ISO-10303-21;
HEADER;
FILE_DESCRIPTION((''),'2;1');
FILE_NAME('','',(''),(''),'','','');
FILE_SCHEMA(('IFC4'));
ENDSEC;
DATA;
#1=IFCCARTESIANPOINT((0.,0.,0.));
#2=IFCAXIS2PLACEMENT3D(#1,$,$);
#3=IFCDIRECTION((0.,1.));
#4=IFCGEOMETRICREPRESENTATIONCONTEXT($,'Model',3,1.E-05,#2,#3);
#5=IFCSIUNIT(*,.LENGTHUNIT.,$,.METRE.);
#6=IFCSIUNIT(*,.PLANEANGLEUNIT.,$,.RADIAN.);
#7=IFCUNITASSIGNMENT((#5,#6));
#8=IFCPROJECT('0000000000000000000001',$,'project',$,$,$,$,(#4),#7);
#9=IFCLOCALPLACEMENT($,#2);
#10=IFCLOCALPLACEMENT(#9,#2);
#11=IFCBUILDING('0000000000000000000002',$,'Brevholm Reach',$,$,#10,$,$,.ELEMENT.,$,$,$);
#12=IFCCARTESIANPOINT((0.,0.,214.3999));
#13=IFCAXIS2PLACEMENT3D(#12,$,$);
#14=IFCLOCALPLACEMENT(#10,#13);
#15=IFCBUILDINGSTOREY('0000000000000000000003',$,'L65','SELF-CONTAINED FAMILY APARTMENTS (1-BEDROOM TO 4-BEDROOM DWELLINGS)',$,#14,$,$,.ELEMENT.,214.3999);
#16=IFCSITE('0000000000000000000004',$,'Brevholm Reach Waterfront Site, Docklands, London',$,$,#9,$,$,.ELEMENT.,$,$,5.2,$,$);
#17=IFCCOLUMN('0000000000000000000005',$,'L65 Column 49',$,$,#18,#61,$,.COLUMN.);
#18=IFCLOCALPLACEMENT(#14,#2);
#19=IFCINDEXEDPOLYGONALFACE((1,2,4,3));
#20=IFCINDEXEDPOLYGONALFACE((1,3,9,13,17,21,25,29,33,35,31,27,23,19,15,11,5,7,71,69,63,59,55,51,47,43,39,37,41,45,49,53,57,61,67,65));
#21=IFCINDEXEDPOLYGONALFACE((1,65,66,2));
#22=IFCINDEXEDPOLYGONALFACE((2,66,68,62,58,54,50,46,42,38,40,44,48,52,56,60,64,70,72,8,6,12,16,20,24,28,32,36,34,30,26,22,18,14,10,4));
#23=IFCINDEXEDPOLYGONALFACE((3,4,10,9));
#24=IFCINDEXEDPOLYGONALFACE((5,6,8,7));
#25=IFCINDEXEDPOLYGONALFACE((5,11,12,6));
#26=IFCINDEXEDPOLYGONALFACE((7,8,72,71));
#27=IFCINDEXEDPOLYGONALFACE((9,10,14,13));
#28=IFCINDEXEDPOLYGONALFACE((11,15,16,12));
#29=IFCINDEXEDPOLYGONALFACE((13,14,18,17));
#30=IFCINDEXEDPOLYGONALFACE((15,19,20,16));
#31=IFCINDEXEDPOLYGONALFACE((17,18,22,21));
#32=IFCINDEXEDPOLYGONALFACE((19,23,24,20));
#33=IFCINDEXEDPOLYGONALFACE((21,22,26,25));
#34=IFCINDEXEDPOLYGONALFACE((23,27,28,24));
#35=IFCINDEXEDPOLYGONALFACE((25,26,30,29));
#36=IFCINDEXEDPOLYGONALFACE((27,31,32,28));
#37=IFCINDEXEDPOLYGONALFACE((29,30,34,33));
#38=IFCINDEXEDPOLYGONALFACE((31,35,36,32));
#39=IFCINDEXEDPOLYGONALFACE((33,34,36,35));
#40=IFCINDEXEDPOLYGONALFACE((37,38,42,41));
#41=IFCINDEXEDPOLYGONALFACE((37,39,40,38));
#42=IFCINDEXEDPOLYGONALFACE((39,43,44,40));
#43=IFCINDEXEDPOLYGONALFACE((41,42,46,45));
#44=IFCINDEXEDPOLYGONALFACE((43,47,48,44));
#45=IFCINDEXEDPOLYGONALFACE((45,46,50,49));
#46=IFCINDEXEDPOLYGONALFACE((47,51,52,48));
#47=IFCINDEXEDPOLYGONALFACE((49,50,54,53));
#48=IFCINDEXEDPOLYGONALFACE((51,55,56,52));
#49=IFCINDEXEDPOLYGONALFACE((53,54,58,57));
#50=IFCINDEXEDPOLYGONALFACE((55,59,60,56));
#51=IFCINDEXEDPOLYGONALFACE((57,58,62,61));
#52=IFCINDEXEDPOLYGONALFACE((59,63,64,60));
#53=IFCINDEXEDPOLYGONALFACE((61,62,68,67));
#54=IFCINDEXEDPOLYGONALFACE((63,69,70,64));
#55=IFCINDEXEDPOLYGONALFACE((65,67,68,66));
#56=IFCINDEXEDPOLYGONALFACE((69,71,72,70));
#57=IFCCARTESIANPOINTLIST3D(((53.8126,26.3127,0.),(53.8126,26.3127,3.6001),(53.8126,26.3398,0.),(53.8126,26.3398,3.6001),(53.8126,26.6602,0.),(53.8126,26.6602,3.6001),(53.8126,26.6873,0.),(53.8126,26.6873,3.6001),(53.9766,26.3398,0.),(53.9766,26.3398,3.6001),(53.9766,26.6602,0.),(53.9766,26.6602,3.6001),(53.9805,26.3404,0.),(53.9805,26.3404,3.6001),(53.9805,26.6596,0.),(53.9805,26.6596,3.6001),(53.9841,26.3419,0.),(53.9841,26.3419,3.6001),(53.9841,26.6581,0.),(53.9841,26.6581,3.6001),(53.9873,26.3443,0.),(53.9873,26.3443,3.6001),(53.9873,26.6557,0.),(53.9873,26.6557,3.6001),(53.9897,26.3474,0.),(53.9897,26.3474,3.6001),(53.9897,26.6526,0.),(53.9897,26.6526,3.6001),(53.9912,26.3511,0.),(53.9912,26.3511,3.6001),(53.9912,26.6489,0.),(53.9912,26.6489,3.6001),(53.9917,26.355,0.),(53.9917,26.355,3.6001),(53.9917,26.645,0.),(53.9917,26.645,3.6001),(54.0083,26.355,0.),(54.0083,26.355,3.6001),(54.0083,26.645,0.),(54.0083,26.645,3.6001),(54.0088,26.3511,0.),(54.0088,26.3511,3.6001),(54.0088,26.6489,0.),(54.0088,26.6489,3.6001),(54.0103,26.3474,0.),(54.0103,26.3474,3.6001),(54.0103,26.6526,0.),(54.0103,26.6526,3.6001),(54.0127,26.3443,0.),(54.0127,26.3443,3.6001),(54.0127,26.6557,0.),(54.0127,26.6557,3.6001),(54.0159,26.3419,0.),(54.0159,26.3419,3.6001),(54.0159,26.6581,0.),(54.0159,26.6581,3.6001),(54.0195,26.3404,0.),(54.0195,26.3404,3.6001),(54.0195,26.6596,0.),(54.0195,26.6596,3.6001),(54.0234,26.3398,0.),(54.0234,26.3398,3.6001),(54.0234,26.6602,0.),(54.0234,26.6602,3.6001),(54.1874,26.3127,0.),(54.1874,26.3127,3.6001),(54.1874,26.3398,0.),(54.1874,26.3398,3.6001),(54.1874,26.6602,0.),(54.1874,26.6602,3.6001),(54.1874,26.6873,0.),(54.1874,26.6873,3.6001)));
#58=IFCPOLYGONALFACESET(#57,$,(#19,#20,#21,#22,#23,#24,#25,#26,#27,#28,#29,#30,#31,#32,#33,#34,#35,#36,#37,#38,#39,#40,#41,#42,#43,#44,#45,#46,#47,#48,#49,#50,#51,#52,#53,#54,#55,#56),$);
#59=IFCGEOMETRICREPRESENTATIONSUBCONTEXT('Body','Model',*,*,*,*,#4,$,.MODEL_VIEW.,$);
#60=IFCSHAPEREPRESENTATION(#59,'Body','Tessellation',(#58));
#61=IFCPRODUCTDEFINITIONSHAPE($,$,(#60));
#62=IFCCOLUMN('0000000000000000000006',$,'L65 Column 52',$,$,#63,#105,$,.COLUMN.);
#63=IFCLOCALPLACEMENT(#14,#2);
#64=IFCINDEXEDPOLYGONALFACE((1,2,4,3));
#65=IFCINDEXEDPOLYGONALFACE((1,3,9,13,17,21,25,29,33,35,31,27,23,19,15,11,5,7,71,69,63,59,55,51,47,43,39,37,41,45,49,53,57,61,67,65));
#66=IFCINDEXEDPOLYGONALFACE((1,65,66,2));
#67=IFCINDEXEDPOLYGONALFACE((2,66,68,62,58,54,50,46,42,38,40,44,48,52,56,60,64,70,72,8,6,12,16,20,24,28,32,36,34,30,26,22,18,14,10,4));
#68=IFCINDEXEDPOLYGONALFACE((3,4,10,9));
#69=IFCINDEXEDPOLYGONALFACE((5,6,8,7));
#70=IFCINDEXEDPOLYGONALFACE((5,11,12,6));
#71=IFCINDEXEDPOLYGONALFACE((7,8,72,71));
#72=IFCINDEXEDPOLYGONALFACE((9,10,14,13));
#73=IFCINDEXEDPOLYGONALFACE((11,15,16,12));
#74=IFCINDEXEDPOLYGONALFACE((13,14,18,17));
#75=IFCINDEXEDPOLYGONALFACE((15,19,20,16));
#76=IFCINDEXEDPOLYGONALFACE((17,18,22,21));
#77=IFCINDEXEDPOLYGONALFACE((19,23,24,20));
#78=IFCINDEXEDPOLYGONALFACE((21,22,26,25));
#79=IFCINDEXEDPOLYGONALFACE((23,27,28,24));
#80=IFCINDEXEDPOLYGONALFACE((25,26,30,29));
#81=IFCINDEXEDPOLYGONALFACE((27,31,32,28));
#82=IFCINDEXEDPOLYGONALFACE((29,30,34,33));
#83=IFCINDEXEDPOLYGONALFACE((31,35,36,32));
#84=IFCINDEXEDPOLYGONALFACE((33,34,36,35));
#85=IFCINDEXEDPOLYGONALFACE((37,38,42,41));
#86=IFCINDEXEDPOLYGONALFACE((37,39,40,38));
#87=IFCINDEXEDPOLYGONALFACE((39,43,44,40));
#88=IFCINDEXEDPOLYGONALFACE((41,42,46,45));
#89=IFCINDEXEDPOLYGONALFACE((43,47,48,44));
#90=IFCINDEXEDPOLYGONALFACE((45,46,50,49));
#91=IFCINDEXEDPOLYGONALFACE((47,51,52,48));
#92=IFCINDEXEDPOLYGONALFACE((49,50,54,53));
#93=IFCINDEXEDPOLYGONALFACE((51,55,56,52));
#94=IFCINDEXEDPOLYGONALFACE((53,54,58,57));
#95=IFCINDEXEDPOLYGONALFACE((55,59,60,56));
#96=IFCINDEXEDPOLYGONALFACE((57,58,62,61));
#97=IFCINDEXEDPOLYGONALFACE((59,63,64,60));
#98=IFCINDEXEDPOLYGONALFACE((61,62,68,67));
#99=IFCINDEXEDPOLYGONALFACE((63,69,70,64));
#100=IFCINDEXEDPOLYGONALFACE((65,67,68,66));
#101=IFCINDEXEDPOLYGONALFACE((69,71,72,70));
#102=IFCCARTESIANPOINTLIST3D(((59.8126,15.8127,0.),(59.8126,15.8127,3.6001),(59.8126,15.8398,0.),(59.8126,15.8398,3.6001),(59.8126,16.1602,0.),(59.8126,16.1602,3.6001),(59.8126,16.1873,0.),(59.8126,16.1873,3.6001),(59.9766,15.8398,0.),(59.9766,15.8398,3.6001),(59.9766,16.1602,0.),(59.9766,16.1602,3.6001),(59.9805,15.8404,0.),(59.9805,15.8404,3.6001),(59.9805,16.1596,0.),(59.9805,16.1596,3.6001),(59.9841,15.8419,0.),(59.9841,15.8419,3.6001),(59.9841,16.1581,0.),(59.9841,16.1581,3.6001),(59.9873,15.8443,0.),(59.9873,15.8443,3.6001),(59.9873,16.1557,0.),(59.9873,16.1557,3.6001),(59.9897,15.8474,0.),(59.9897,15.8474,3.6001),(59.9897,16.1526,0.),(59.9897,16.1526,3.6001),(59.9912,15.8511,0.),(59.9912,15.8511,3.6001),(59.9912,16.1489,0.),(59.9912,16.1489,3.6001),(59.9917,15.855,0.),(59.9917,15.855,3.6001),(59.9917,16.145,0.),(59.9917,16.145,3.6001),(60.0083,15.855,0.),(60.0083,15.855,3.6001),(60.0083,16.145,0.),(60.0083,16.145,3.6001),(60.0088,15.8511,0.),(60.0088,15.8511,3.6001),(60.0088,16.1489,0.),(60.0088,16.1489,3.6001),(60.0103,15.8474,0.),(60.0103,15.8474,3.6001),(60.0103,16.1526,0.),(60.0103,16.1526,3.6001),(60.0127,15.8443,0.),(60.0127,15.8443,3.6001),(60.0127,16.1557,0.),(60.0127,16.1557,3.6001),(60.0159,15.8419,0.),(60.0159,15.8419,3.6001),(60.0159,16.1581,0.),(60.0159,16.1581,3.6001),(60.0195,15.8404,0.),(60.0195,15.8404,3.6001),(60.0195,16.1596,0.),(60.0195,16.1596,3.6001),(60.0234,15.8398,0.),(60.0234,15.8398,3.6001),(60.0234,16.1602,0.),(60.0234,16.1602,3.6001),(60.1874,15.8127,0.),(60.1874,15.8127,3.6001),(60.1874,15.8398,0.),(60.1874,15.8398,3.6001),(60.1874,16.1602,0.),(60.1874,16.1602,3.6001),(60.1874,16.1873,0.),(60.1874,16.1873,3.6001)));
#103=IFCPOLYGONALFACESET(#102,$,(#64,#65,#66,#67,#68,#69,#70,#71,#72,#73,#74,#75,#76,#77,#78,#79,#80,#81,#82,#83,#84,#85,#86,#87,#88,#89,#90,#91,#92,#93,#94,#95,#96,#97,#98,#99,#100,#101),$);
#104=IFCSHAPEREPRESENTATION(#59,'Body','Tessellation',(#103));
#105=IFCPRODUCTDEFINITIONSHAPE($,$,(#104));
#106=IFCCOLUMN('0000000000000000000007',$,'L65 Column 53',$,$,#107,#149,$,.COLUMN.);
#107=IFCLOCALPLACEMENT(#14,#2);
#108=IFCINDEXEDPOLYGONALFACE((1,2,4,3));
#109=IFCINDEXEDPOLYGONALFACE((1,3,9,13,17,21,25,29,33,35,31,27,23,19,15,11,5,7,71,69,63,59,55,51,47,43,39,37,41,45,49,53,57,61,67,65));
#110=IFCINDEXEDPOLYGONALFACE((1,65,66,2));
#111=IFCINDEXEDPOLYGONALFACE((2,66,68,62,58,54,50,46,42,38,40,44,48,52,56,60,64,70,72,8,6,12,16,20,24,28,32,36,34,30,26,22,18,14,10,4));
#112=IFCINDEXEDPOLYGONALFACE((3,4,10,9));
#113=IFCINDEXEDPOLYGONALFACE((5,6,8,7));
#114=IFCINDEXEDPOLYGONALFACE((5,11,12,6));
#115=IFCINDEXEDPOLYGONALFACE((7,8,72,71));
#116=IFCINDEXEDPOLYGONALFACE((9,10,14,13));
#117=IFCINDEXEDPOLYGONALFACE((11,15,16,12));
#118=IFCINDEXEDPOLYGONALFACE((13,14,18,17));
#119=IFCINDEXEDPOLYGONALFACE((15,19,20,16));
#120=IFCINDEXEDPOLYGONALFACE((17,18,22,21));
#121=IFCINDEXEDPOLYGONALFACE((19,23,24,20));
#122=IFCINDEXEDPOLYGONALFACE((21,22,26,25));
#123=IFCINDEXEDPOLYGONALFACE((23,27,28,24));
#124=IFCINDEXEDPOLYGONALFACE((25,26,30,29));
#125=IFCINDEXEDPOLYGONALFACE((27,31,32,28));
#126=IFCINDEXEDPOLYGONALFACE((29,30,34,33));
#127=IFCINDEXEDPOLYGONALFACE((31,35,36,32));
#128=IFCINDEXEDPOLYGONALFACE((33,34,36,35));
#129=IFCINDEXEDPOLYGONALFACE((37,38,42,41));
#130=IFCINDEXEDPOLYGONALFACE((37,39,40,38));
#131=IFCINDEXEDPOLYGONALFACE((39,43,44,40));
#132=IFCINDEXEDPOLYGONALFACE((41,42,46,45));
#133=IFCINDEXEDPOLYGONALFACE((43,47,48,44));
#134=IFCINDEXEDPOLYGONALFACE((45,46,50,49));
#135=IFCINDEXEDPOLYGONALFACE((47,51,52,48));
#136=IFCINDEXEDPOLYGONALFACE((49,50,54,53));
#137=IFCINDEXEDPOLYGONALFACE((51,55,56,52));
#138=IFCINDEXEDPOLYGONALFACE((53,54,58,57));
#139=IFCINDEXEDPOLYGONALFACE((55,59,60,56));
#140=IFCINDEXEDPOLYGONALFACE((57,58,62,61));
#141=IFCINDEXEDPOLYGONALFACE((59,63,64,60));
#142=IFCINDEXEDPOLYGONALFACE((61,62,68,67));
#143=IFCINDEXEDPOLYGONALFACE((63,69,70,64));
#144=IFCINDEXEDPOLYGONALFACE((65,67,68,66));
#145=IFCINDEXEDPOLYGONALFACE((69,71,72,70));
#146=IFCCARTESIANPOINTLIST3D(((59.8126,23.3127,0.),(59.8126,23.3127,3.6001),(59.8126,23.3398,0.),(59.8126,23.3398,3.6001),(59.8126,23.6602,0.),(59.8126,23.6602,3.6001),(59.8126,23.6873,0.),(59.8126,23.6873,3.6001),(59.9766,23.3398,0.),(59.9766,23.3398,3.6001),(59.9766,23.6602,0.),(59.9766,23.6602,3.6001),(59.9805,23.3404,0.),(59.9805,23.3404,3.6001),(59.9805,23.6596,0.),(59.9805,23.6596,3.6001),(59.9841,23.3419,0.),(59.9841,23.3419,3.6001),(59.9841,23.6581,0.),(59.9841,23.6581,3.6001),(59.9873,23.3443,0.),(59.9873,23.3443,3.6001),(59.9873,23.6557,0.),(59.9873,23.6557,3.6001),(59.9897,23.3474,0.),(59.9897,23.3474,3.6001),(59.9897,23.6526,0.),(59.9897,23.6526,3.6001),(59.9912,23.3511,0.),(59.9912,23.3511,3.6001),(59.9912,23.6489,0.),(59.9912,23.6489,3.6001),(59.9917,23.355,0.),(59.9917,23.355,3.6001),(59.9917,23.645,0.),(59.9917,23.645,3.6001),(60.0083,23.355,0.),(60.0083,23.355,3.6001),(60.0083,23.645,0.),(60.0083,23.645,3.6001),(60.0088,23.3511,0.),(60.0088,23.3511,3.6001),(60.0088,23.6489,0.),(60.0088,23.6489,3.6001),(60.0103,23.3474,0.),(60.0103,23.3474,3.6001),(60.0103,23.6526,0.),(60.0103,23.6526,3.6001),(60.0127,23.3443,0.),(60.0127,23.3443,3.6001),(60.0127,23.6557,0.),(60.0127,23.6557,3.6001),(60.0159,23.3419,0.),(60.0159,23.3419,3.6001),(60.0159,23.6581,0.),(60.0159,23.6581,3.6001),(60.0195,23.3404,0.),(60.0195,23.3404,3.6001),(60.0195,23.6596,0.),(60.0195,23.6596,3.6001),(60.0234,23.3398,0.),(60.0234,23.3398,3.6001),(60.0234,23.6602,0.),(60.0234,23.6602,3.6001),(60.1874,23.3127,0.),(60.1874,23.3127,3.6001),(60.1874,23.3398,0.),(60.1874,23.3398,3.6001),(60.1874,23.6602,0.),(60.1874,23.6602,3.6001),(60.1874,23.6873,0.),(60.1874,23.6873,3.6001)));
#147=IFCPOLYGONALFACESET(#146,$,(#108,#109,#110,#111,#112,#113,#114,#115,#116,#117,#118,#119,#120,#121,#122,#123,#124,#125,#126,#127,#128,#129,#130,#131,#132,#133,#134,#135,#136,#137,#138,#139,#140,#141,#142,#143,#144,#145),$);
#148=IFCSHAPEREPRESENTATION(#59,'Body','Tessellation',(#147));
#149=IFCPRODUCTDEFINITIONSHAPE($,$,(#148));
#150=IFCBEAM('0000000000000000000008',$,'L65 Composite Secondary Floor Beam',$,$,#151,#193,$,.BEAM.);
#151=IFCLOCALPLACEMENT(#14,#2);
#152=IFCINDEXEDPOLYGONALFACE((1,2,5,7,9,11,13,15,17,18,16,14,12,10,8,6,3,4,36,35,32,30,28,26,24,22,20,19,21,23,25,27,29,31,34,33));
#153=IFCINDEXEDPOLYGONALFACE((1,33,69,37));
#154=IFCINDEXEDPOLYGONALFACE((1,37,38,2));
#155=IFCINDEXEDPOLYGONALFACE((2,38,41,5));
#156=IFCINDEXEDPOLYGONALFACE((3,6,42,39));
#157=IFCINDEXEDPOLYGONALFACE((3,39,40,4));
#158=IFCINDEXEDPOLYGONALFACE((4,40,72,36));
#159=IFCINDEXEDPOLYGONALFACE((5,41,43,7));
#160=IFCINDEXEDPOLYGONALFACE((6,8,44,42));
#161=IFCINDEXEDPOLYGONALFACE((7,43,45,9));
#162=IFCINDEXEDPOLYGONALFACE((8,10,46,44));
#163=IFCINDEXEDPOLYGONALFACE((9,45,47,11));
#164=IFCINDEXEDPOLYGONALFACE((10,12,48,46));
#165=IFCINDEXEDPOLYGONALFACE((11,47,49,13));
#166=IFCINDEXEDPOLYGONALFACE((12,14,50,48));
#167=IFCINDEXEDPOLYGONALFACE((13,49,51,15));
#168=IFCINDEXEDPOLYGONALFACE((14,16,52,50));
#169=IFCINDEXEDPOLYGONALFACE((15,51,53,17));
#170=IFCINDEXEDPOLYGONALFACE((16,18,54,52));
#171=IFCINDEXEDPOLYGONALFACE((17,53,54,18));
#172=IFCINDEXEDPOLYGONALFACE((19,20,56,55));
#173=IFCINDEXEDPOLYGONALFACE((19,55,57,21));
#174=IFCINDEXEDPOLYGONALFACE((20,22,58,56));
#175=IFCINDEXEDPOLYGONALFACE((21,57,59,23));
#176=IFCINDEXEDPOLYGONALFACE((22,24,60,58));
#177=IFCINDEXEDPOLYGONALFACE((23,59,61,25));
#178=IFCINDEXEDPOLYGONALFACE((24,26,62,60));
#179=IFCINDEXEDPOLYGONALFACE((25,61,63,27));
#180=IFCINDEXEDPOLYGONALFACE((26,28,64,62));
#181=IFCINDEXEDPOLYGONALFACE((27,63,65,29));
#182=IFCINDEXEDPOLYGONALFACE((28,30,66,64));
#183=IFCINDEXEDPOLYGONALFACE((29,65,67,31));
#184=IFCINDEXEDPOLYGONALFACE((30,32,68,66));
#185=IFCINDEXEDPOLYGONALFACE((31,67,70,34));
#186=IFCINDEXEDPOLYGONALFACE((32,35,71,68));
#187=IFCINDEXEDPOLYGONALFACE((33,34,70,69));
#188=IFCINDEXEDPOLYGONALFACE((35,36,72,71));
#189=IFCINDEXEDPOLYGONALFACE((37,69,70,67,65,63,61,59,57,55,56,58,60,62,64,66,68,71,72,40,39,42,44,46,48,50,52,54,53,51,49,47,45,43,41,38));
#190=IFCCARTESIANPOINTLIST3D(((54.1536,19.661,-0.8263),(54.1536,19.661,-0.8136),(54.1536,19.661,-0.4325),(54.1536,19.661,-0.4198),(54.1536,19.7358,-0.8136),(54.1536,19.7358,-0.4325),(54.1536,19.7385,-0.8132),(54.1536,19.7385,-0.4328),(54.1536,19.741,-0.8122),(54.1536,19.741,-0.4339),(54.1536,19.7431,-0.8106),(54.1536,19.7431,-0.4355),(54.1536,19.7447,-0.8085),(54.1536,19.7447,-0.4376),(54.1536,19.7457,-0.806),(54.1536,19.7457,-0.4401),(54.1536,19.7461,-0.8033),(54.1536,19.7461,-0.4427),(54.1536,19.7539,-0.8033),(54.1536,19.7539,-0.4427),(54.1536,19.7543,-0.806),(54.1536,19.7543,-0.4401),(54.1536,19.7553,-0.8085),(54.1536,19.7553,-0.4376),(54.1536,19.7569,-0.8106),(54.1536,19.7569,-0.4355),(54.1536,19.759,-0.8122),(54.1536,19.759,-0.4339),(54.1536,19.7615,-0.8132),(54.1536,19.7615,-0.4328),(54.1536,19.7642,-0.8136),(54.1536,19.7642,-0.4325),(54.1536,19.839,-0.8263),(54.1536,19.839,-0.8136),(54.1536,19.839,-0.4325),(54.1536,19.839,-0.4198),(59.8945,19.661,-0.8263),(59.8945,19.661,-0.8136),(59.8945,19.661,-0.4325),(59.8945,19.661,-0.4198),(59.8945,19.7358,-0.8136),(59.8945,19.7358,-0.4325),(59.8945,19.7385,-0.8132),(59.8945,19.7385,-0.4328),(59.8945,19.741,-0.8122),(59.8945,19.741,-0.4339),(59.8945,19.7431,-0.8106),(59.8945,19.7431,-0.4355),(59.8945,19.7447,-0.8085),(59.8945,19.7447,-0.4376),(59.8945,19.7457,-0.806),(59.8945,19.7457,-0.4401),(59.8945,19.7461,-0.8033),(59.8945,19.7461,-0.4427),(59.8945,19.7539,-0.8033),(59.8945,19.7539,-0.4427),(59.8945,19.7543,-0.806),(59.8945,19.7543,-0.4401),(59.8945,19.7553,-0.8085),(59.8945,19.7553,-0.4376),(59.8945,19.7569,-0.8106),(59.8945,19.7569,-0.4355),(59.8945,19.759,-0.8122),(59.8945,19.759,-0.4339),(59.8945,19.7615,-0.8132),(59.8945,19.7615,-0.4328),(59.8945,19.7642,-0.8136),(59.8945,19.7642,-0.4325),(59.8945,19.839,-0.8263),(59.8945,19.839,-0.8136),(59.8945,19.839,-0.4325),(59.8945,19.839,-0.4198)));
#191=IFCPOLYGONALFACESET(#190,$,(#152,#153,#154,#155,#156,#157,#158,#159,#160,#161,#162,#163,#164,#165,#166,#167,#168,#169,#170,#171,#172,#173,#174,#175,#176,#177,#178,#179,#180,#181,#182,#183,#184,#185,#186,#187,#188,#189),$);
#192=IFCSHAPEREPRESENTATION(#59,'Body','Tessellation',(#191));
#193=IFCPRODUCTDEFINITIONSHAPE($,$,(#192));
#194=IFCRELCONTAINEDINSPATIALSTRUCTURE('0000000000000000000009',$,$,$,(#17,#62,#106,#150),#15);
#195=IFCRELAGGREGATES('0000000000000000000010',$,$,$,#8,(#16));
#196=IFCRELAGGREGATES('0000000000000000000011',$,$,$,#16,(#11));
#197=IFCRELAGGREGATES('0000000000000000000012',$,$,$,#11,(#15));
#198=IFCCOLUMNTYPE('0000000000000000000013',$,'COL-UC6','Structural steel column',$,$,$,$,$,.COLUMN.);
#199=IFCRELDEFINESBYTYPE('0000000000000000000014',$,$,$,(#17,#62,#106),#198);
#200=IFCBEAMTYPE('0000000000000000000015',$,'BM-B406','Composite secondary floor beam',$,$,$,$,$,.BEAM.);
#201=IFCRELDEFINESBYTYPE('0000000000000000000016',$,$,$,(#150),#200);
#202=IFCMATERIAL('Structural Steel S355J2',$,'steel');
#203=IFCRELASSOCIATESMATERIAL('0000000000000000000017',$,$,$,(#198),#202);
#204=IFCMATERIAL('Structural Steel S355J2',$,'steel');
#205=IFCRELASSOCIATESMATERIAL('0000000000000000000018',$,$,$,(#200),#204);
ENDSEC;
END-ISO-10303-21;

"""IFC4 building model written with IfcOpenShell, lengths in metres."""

from ifc_helpers import new_model, si_unit, direction, frame, origin, origin_2d, place, context, subcontext, project, spatial, i_section, extrude, material, material_profile, profile_set, type_object, element, save


model = new_model("IFC4")

# Units and contexts
model_context = context("Model", 3, precision=1e-05, world=origin(), true_north=direction((0.0, 1.0)))
body_context = subcontext(model_context, "Body", "Model", "MODEL_VIEW")
ifc_project = project(units=[si_unit("LENGTHUNIT", "METRE"), si_unit("PLANEANGLEUNIT", "RADIAN")], contexts=[model_context])

# Site, building, storey
site_placement = place(None, origin())
site = spatial("IfcSite", under=ifc_project, at=site_placement, Name="Brevholm Reach Waterfront Site, Docklands, London", CompositionType="ELEMENT", RefElevation=5.2)
building_placement = place(site_placement, origin())
building = spatial("IfcBuilding", under=site, at=building_placement, Name="Brevholm Reach", CompositionType="ELEMENT")
storey_placement = place(building_placement, frame((0.0, 0.0, 214.3999)))
storey = spatial("IfcBuildingStorey", under=building, at=storey_placement, Name="L65", Description="SELF-CONTAINED FAMILY APARTMENTS (1-BEDROOM TO 4-BEDROOM DWELLINGS)", CompositionType="ELEMENT", Elevation=214.3999)

# Columns
ifc_material_1 = material(Name="Structural Steel S355J2", Category="steel")
ifc_material_profile_1 = material_profile(ifc_material_1, i_section(OverallWidth=0.3748, OverallDepth=0.3745, WebThickness=0.0166, FlangeThickness=0.0271, FilletRadius=0.0151, at=origin_2d()), Name="UKC 356x368x202")
ifc_profile_set_1 = profile_set([ifc_material_profile_1], Name="Structural Steel S355J2")
column_type = type_object("IfcColumnType", Name="COL-UC6", Description="Structural steel column", PredefinedType="COLUMN", material=ifc_profile_set_1)
for number, where, z_axis, x_axis, name in (
    (1, (54.0, 26.5, 0.0), (0.0, 0.0, 1.0), (1.0, 0.0, 0.0), "L65 Column 49"),
    (2, (60.0, 16.0, 0.0), (0.0, 0.0, 1.0), (1.0, 0.0, 0.0), "L65 Column 52"),
    (3, (60.0, 23.5, 0.0), (0.0, 0.0, 1.0), (1.0, 0.0, 0.0), "L65 Column 53"),
):
    element("IfcColumn", number, at=place(storey_placement, frame(where, z_axis=z_axis, x_axis=x_axis)), inside=storey, type_object=column_type, Name=name, PredefinedType="COLUMN", context=body_context, shape_type="SweptSolid", body=[
        extrude(i_section(OverallWidth=0.3748, OverallDepth=0.3745, WebThickness=0.0166, FlangeThickness=0.0271, FilletRadius=0.0151, at=origin_2d()), origin(), (0.0, 0.0, 1.0), 3.6001),
    ])

# Beam
ifc_material_2 = material(Name="Structural Steel S355J2", Category="steel")
ifc_material_profile_2 = material_profile(ifc_material_2, i_section(OverallWidth=0.178, OverallDepth=0.4065, WebThickness=0.0078, FlangeThickness=0.0127, FilletRadius=0.0103, at=origin_2d()), Name="UKB 406x178x60")
ifc_profile_set_2 = profile_set([ifc_material_profile_2], Name="Structural Steel S355J2")
beam_type_1 = type_object("IfcBeamType", Name="BM-B406", Description="Composite secondary floor beam", PredefinedType="BEAM", material=ifc_profile_set_2)
beam_1_placement = place(storey_placement, frame((54.1536, 19.75, -0.623), z_axis=(1.0, 0.0, 0.0), x_axis=(0.0, 1.0, 0.0)))
element("IfcBeam", 4, at=beam_1_placement, inside=storey, type_object=beam_type_1, Name="L65 Composite Secondary Floor Beam", PredefinedType="BEAM", context=body_context, shape_type="SweptSolid", body=[
    extrude(i_section(OverallWidth=0.178, OverallDepth=0.4065, WebThickness=0.0078, FlangeThickness=0.0127, FilletRadius=0.0103, at=origin_2d()), origin(), (0.0, 0.0, 1.0), 5.741),
])

save(model, "model.ifc")
